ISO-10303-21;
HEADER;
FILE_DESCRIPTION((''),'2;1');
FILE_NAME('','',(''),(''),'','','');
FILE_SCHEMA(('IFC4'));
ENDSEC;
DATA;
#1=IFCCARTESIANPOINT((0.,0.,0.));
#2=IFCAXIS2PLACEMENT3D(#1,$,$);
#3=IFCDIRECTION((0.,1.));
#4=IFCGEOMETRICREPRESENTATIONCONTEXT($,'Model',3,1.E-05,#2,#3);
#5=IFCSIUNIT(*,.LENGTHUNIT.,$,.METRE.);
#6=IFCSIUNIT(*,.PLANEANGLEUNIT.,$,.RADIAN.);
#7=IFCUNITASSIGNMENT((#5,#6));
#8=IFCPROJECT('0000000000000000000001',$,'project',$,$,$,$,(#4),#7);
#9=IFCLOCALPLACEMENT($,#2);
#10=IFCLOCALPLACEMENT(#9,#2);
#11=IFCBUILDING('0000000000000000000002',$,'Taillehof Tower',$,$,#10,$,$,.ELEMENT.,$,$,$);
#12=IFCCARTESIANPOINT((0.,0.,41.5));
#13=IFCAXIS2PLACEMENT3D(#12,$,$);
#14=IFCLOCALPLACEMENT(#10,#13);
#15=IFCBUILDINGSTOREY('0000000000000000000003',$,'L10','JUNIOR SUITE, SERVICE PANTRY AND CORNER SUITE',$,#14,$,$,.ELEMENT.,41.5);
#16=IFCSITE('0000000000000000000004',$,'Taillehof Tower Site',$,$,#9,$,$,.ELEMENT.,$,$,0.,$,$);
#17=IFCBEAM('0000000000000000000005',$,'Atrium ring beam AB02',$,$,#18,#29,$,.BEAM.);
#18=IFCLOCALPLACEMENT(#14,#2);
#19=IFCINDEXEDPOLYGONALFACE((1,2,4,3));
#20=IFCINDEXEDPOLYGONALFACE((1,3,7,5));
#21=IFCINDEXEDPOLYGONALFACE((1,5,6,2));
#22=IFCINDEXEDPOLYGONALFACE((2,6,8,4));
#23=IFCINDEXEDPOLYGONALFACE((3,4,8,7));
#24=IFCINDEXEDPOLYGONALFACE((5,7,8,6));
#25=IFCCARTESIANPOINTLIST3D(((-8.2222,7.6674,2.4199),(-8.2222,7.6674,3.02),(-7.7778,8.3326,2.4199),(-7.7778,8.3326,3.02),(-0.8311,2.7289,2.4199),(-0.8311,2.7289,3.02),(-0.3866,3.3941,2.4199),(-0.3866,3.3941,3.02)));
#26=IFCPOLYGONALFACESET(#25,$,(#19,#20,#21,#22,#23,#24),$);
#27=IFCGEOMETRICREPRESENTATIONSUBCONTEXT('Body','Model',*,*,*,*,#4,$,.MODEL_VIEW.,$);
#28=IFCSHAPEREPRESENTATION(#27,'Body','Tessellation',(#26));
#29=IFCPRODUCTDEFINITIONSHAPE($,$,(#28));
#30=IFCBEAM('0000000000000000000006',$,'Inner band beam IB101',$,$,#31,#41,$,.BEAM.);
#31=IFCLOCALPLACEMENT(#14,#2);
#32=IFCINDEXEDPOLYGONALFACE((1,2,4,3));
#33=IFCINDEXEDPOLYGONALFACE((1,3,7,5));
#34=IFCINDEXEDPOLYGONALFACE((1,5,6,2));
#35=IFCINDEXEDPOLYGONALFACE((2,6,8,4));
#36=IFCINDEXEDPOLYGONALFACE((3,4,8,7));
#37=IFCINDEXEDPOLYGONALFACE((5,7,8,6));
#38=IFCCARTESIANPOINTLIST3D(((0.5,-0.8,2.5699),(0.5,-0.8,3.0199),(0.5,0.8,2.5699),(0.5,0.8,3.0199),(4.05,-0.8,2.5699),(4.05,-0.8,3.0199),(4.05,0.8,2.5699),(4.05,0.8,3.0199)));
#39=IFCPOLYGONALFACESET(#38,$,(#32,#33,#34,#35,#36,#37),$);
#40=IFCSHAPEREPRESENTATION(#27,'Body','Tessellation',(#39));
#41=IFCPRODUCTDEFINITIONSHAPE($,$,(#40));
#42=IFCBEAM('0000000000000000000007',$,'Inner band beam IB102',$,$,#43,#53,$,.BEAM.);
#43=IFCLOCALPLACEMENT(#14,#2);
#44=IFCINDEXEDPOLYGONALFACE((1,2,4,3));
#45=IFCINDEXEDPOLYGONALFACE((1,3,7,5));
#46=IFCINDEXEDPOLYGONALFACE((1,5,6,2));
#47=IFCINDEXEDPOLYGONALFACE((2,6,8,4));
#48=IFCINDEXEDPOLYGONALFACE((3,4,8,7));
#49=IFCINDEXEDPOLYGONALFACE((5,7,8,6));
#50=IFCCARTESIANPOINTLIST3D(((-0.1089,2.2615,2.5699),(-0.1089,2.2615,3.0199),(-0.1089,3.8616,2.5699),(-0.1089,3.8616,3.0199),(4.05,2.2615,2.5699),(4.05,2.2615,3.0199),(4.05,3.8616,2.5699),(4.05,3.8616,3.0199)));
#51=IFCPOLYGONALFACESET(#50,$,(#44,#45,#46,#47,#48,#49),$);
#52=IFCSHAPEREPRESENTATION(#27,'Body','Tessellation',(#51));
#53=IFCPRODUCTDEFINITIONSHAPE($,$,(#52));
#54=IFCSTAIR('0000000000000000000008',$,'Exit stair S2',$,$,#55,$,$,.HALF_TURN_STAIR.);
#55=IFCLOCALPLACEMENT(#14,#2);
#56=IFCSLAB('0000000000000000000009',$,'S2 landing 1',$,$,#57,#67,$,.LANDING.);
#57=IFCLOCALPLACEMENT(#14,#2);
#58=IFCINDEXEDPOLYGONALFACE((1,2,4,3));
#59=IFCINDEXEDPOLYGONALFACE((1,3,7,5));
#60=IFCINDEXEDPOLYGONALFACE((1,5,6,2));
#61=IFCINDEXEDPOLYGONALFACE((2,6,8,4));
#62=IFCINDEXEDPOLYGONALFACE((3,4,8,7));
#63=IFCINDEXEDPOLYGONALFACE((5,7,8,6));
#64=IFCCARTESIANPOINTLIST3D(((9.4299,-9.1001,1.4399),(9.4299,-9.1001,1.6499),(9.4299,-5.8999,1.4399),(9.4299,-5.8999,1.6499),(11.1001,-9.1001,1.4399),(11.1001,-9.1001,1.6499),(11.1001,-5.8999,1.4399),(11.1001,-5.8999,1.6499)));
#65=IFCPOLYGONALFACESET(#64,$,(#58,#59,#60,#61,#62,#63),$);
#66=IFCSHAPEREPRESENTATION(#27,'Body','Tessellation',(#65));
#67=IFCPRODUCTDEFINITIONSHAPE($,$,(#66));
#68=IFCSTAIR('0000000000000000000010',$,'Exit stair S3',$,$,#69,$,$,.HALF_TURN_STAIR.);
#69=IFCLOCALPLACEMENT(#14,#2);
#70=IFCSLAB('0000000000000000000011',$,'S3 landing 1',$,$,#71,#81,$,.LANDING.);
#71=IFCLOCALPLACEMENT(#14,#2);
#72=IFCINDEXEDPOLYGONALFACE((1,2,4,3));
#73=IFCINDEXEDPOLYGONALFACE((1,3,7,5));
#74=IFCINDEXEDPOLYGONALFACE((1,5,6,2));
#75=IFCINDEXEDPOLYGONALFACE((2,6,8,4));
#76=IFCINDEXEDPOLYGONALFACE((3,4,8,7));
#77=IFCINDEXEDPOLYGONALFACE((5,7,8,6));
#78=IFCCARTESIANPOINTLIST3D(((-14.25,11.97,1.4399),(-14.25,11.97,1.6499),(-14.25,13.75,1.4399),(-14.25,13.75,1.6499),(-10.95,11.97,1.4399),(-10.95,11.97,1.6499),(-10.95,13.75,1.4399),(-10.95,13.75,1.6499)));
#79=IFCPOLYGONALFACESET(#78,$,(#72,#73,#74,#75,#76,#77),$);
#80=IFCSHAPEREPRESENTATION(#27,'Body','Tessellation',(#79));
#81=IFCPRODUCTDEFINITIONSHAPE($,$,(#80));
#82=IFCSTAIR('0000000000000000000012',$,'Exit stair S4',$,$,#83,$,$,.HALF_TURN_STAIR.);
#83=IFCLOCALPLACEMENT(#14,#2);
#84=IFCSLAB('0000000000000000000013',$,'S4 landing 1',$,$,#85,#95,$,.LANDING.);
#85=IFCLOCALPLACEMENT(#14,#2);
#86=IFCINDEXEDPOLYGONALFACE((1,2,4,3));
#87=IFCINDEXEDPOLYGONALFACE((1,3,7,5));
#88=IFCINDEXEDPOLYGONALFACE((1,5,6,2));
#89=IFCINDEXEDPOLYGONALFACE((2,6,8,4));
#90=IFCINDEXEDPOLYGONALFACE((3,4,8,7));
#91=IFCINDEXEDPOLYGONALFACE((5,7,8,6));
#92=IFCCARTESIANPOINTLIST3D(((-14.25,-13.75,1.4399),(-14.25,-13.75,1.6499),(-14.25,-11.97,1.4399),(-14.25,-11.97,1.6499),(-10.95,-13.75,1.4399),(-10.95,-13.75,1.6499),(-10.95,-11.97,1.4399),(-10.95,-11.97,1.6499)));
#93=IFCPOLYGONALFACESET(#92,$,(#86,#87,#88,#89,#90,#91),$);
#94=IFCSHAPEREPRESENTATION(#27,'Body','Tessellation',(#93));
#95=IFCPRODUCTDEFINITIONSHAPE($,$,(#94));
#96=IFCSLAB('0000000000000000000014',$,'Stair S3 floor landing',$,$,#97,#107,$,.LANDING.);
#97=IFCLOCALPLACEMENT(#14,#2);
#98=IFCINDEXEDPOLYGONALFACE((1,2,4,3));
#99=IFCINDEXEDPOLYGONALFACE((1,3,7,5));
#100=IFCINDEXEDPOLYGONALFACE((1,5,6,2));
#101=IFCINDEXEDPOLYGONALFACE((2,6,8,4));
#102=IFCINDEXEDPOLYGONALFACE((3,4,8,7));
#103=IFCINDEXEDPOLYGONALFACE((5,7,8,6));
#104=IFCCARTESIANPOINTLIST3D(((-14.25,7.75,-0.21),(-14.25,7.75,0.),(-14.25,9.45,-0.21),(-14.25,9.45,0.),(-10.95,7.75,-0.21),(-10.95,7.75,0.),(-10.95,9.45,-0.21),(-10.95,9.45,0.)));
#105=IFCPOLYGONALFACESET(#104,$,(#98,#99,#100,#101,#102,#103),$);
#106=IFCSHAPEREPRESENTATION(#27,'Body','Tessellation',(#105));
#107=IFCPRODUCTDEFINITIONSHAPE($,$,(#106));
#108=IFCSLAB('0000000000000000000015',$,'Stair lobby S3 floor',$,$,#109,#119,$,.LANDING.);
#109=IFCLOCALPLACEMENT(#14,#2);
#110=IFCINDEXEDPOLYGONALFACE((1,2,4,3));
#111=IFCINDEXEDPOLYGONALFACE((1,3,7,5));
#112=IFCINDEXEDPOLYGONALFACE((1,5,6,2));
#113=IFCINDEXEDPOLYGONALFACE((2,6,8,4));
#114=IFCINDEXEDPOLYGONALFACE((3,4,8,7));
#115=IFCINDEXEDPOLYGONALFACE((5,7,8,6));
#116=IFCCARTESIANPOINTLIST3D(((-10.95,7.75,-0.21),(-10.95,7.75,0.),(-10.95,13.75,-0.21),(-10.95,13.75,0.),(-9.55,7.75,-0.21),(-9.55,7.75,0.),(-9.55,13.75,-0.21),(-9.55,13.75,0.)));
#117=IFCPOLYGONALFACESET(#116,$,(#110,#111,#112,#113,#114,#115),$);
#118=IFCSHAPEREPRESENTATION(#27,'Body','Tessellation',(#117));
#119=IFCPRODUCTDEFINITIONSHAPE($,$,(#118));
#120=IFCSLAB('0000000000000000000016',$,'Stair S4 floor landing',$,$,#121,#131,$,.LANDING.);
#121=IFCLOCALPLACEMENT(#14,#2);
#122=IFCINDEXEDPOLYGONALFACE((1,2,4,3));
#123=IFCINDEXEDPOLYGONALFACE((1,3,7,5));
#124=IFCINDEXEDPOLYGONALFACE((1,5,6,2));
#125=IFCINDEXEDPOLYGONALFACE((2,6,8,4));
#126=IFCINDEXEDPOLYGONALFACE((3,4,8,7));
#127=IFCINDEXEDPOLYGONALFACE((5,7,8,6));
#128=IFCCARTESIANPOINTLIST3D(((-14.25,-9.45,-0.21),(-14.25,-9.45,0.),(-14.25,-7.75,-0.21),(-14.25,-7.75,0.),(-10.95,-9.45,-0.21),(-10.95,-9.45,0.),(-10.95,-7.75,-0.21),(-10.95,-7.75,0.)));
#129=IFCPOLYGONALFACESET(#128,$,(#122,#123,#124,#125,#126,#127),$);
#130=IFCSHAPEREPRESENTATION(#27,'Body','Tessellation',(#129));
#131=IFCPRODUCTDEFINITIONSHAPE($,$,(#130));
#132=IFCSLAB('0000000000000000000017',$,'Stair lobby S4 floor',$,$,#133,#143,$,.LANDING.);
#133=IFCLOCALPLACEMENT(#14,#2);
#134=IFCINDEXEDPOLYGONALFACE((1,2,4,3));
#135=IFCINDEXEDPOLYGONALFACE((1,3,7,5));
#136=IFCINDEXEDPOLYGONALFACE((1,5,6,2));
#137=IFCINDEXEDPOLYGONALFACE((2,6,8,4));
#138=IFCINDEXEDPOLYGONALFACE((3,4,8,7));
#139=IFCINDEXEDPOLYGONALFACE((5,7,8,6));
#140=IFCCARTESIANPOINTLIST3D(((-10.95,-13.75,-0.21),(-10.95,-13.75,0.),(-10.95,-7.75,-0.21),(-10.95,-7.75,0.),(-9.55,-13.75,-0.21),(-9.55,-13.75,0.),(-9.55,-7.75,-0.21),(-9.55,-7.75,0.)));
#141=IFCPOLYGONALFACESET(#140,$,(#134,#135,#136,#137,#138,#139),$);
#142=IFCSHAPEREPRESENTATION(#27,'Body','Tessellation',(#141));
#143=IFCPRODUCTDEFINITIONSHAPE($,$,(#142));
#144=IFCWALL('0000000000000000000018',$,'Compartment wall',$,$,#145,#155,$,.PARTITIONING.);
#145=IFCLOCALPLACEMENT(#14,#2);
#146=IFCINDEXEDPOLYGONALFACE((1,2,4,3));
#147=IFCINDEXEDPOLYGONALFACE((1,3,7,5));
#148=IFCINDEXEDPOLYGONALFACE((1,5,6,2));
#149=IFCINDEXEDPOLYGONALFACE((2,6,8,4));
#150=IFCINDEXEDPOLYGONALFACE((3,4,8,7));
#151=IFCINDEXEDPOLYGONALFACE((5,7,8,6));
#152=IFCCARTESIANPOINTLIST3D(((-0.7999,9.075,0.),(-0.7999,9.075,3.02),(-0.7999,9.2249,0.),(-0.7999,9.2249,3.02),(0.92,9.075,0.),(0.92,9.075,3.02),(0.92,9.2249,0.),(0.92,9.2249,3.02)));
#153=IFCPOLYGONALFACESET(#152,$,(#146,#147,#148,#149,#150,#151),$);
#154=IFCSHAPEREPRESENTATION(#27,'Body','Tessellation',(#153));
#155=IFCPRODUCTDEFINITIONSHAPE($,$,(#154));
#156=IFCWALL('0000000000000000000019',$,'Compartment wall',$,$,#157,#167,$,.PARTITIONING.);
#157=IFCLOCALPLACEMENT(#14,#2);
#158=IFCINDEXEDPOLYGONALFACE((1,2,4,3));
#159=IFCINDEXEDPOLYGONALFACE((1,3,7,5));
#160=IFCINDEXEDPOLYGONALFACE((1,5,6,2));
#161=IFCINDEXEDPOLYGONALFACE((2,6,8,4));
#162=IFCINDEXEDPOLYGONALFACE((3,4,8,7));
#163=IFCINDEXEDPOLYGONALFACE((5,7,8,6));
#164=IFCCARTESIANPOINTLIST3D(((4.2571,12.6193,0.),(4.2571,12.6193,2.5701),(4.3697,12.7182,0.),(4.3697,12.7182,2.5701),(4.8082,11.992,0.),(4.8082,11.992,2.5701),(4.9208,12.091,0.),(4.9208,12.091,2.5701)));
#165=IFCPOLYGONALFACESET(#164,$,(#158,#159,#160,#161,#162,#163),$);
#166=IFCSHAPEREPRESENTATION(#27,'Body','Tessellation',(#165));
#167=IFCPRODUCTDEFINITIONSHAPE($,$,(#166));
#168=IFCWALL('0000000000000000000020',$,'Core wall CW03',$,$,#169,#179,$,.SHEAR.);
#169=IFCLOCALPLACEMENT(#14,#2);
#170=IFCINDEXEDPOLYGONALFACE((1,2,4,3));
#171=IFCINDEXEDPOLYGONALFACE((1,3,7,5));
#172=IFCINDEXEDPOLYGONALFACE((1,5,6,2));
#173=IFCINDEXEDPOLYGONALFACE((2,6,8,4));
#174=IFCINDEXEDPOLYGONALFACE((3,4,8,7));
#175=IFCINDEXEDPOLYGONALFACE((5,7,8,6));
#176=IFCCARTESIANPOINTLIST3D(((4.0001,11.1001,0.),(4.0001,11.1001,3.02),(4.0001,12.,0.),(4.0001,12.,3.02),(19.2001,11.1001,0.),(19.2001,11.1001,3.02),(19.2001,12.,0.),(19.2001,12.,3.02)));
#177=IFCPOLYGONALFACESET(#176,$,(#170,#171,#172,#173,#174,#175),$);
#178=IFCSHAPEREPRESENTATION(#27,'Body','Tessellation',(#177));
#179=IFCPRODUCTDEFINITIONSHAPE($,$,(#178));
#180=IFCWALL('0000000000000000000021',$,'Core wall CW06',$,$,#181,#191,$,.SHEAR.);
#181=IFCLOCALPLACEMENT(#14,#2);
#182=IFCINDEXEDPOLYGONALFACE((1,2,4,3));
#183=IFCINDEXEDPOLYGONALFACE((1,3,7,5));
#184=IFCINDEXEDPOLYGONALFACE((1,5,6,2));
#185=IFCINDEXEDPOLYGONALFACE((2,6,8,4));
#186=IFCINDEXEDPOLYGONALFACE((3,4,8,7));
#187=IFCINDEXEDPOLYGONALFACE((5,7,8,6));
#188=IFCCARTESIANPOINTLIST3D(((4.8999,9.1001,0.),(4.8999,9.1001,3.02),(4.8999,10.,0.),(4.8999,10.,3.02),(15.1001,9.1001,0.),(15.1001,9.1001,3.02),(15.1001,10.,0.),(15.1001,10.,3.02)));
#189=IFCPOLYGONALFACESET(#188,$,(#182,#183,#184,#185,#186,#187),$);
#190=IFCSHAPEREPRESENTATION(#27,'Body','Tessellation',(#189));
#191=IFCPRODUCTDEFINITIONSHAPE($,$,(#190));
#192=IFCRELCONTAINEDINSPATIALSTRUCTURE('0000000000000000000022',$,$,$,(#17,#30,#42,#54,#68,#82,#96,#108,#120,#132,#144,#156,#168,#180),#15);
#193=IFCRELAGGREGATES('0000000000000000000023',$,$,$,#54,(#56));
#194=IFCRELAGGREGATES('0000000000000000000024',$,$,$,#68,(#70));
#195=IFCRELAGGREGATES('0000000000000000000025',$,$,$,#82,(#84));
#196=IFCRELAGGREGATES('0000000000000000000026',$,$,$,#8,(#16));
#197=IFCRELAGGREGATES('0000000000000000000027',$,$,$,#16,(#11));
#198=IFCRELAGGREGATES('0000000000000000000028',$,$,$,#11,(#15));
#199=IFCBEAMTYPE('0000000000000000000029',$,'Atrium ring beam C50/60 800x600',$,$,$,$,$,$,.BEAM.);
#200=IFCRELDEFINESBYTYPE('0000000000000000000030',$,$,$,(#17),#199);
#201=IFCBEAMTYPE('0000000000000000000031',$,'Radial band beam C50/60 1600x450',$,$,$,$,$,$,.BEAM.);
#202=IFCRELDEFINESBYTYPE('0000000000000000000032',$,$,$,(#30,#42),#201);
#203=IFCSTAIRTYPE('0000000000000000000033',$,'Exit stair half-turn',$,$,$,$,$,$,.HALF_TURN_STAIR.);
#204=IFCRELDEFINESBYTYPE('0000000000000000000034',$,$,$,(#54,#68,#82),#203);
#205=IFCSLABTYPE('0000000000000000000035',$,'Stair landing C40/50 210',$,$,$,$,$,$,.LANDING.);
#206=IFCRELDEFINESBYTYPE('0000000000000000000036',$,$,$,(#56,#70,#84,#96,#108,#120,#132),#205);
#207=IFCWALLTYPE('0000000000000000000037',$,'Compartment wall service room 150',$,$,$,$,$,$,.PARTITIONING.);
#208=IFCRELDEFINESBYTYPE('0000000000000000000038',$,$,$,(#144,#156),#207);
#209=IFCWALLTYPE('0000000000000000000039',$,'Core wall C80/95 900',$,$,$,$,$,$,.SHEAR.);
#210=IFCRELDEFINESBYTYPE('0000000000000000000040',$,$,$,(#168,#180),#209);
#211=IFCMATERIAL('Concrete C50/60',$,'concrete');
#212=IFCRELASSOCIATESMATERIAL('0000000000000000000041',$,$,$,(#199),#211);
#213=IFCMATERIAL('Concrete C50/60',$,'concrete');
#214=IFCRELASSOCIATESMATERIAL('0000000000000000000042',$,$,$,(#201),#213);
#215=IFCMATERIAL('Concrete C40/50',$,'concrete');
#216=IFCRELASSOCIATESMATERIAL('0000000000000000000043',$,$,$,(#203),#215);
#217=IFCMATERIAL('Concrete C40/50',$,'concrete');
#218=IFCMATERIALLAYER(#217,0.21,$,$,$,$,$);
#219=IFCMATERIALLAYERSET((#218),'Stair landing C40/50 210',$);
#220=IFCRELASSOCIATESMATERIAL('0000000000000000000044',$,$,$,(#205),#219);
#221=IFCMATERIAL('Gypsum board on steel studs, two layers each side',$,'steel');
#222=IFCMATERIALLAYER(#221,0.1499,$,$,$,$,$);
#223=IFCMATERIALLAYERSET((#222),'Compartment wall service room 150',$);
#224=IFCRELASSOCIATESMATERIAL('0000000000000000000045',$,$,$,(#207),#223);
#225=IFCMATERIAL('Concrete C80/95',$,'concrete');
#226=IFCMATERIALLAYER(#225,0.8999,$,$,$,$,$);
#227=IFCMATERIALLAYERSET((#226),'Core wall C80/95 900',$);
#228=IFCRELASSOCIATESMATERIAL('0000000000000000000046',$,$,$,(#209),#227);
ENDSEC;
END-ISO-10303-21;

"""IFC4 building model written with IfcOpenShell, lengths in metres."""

from ifc_helpers import new_model, si_unit, direction, frame, frame_2d, origin, origin_2d, place, context, subcontext, project, spatial, polyline, rectangle, outline, extrude, material, layer, layer_set, material_profile, profile_set, type_object, element, aggregate, save


model = new_model("IFC4")

# Units and contexts
model_context = context("Model", 3, precision=1e-05, world=origin(), true_north=direction((0.0, 1.0)))
body_context = subcontext(model_context, "Body", "Model", "MODEL_VIEW")
ifc_project = project(units=[si_unit("LENGTHUNIT", "METRE"), si_unit("PLANEANGLEUNIT", "RADIAN")], contexts=[model_context])

# Site, building, storey
site_placement = place(None, origin())
site = spatial("IfcSite", under=ifc_project, at=site_placement, Name="Taillehof Tower Site", CompositionType="ELEMENT", RefElevation=0.0)
building_placement = place(site_placement, origin())
building = spatial("IfcBuilding", under=site, at=building_placement, Name="Taillehof Tower", CompositionType="ELEMENT")
storey_placement = place(building_placement, frame((0.0, 0.0, 41.5)))
storey = spatial("IfcBuildingStorey", under=building, at=storey_placement, Name="L10", Description="JUNIOR SUITE, SERVICE PANTRY AND CORNER SUITE", CompositionType="ELEMENT", Elevation=41.5)

# Beams
ifc_material_1 = material(Name="Concrete C50/60", Category="concrete")
ifc_material_profile_1 = material_profile(ifc_material_1, rectangle(XDim=0.8, YDim=0.6001, at=origin_2d()), Name="RC 800x600")
ifc_profile_set_1 = profile_set([ifc_material_profile_1], Name="Concrete C50/60")
beam_type_1 = type_object("IfcBeamType", Name="Atrium ring beam C50/60 800x600", PredefinedType="BEAM", material=ifc_profile_set_1)
beam_1_placement = place(storey_placement, frame((-0.6089, 3.0615, 2.72), z_axis=(-0.831475, 0.555562, 0.0), x_axis=(-0.555562, -0.831475, 0.0)))
element("IfcBeam", 1, at=beam_1_placement, inside=storey, type_object=beam_type_1, Name="Atrium ring beam AB02", PredefinedType="BEAM", context=body_context, shape_type="SweptSolid", body=[
    extrude(rectangle(XDim=0.8, YDim=0.6001, at=origin_2d()), origin(), (0.0, 0.0, 1.0), 8.8892),
])
ifc_material_2 = material(Name="Concrete C50/60", Category="concrete")
ifc_material_profile_2 = material_profile(ifc_material_2, rectangle(XDim=1.6001, YDim=0.45, at=origin_2d()), Name="RC 1600x450")
ifc_profile_set_2 = profile_set([ifc_material_profile_2], Name="Concrete C50/60")
beam_type_2 = type_object("IfcBeamType", Name="Radial band beam C50/60 1600x450", PredefinedType="BEAM", material=ifc_profile_set_2)
beam_2_placement = place(storey_placement, frame((0.5, 0.0, 2.7949), z_axis=(1.0, 0.0, 0.0), x_axis=(0.0, 1.0, 0.0)))
element("IfcBeam", 2, at=beam_2_placement, inside=storey, type_object=beam_type_2, Name="Inner band beam IB101", PredefinedType="BEAM", context=body_context, shape_type="SweptSolid", body=[
    extrude(rectangle(XDim=1.6001, YDim=0.45, at=origin_2d()), origin(), (0.0, 0.0, 1.0), 3.55),
])
beam_3_placement = place(storey_placement, frame((-0.1089, 3.0615, 2.7949), z_axis=(1.0, 0.0, 0.0), x_axis=(0.0, 1.0, 0.0)))
element("IfcBeam", 3, at=beam_3_placement, inside=storey, type_object=beam_type_2, Name="Inner band beam IB102", PredefinedType="BEAM", context=body_context, shape_type="SweptSolid", body=[
    extrude(rectangle(XDim=1.6001, YDim=0.45, at=origin_2d()), origin(), (0.0, 0.0, 1.0), 4.1589),
])

# Stairs, slabs
ifc_material_3 = material(Name="Concrete C40/50", Category="concrete")
stair_type = type_object("IfcStairType", Name="Exit stair half-turn", PredefinedType="HALF_TURN_STAIR", material=ifc_material_3)
stair_1_placement = place(storey_placement, origin())
stair_1 = element("IfcStair", 4, at=stair_1_placement, inside=storey, type_object=stair_type, Name="Exit stair S2", PredefinedType="HALF_TURN_STAIR")
ifc_material_4 = material(Name="Concrete C40/50", Category="concrete")
ifc_layer_1 = layer(ifc_material_4, 0.21)
ifc_layer_set_1 = layer_set([ifc_layer_1], Name="Stair landing C40/50 210")
slab_type = type_object("IfcSlabType", Name="Stair landing C40/50 210", PredefinedType="LANDING", material=ifc_layer_set_1)
slab_1_placement = place(storey_placement, frame((0.0, 0.0, 1.4399)))
slab_1 = element("IfcSlab", 5, at=slab_1_placement, type_object=slab_type, Name="S2 landing 1", PredefinedType="LANDING", context=body_context, shape_type="SweptSolid", body=[
    extrude(outline(polyline([(9.4299, -5.8999), (11.1001, -5.8999), (11.1001, -9.1001), (9.4299, -9.1001), (9.4299, -5.8999)])), origin(), (0.0, 0.0, 1.0), 0.21),
])
aggregate(stair_1, [slab_1])
stair_2_placement = place(storey_placement, origin())
stair_2 = element("IfcStair", 6, at=stair_2_placement, inside=storey, type_object=stair_type, Name="Exit stair S3", PredefinedType="HALF_TURN_STAIR")
slab_2_placement = place(storey_placement, frame((0.0, 0.0, 1.4399)))
slab_2 = element("IfcSlab", 7, at=slab_2_placement, type_object=slab_type, Name="S3 landing 1", PredefinedType="LANDING", context=body_context, shape_type="SweptSolid", body=[
    extrude(outline(polyline([(-14.25, 11.97), (-14.25, 13.75), (-10.95, 13.75), (-10.95, 11.97), (-14.25, 11.97)])), origin(), (0.0, 0.0, 1.0), 0.21),
])
aggregate(stair_2, [slab_2])
stair_3_placement = place(storey_placement, origin())
stair_3 = element("IfcStair", 8, at=stair_3_placement, inside=storey, type_object=stair_type, Name="Exit stair S4", PredefinedType="HALF_TURN_STAIR")
slab_3_placement = place(storey_placement, frame((0.0, 0.0, 1.4399)))
slab_3 = element("IfcSlab", 9, at=slab_3_placement, type_object=slab_type, Name="S4 landing 1", PredefinedType="LANDING", context=body_context, shape_type="SweptSolid", body=[
    extrude(outline(polyline([(-14.25, -11.97), (-14.25, -13.75), (-10.95, -13.75), (-10.95, -11.97), (-14.25, -11.97)])), origin(), (0.0, 0.0, 1.0), 0.21),
])
aggregate(stair_3, [slab_3])

# Slabs
slab_4_placement = place(storey_placement, frame((0.0, 0.0, -0.21)))
element("IfcSlab", 10, at=slab_4_placement, inside=storey, type_object=slab_type, Name="Stair S3 floor landing", PredefinedType="LANDING", context=body_context, shape_type="SweptSolid", body=[
    extrude(outline(polyline([(-14.25, 7.75), (-14.25, 9.45), (-10.95, 9.45), (-10.95, 7.75), (-14.25, 7.75)])), origin(), (0.0, 0.0, 1.0), 0.21),
])
slab_5_placement = place(storey_placement, frame((0.0, 0.0, -0.21)))
element("IfcSlab", 11, at=slab_5_placement, inside=storey, type_object=slab_type, Name="Stair lobby S3 floor", PredefinedType="LANDING", context=body_context, shape_type="SweptSolid", body=[
    extrude(outline(polyline([(-10.95, 7.75), (-9.55, 7.75), (-9.55, 13.75), (-10.95, 13.75), (-10.95, 7.75)])), origin(), (0.0, 0.0, 1.0), 0.21),
])
slab_6_placement = place(storey_placement, frame((0.0, 0.0, -0.21)))
element("IfcSlab", 12, at=slab_6_placement, inside=storey, type_object=slab_type, Name="Stair S4 floor landing", PredefinedType="LANDING", context=body_context, shape_type="SweptSolid", body=[
    extrude(outline(polyline([(-14.25, -7.75), (-14.25, -9.45), (-10.95, -9.45), (-10.95, -7.75), (-14.25, -7.75)])), origin(), (0.0, 0.0, 1.0), 0.21),
])
slab_7_placement = place(storey_placement, frame((0.0, 0.0, -0.21)))
element("IfcSlab", 13, at=slab_7_placement, inside=storey, type_object=slab_type, Name="Stair lobby S4 floor", PredefinedType="LANDING", context=body_context, shape_type="SweptSolid", body=[
    extrude(outline(polyline([(-10.95, -13.75), (-9.55, -13.75), (-9.55, -7.75), (-10.95, -7.75), (-10.95, -13.75)])), origin(), (0.0, 0.0, 1.0), 0.21),
])

# Walls
ifc_material_5 = material(Name="Gypsum board on steel studs, two layers each side", Category="steel")
ifc_layer_2 = layer(ifc_material_5, 0.1499)
ifc_layer_set_2 = layer_set([ifc_layer_2], Name="Compartment wall service room 150")
wall_type_1 = type_object("IfcWallType", Name="Compartment wall service room 150", PredefinedType="PARTITIONING", material=ifc_layer_set_2)
wall_1_placement = place(storey_placement, frame((0.9199, 9.1499, 0.0), z_axis=(0.0, 0.0, 1.0), x_axis=(-1.0, 0.0, 0.0)))
element("IfcWall", 14, at=wall_1_placement, inside=storey, type_object=wall_type_1, Name="Compartment wall", PredefinedType="PARTITIONING", context=body_context, shape_type="SweptSolid", body=[
    extrude(rectangle(XDim=1.72, YDim=0.1499, at=frame_2d((0.8599, 0.0))), origin(), (0.0, 0.0, 1.0), 3.02),
])
wall_2_placement = place(storey_placement, frame((4.8645, 12.0415, 0.0), z_axis=(0.0, 0.0, 1.0), x_axis=(-0.660015, 0.751253, 0.0)))
element("IfcWall", 15, at=wall_2_placement, inside=storey, type_object=wall_type_1, Name="Compartment wall", PredefinedType="PARTITIONING", context=body_context, shape_type="SweptSolid", body=[
    extrude(rectangle(XDim=0.835, YDim=0.1499, at=frame_2d((0.4175, 0.0))), origin(), (0.0, 0.0, 1.0), 2.5701),
])
ifc_material_6 = material(Name="Concrete C80/95", Category="concrete")
ifc_layer_3 = layer(ifc_material_6, 0.8999)
ifc_layer_set_3 = layer_set([ifc_layer_3], Name="Core wall C80/95 900")
wall_type_2 = type_object("IfcWallType", Name="Core wall C80/95 900", PredefinedType="SHEAR", material=ifc_layer_set_3)
wall_3_placement = place(storey_placement, frame((4.0, 11.55, 0.0), z_axis=(0.0, 0.0, 1.0), x_axis=(1.0, 0.0, 0.0)))
element("IfcWall", 16, at=wall_3_placement, inside=storey, type_object=wall_type_2, Name="Core wall CW03", PredefinedType="SHEAR", context=body_context, shape_type="SweptSolid", body=[
    extrude(rectangle(XDim=15.2, YDim=0.8999, at=frame_2d((7.6001, 0.0))), origin(), (0.0, 0.0, 1.0), 3.02),
])
wall_4_placement = place(storey_placement, frame((4.8999, 9.55, 0.0), z_axis=(0.0, 0.0, 1.0), x_axis=(1.0, 0.0, 0.0)))
element("IfcWall", 17, at=wall_4_placement, inside=storey, type_object=wall_type_2, Name="Core wall CW06", PredefinedType="SHEAR", context=body_context, shape_type="SweptSolid", body=[
    extrude(rectangle(XDim=10.2002, YDim=0.8999, at=frame_2d((5.1001, 0.0))), origin(), (0.0, 0.0, 1.0), 3.02),
])

save(model, "model.ifc")
